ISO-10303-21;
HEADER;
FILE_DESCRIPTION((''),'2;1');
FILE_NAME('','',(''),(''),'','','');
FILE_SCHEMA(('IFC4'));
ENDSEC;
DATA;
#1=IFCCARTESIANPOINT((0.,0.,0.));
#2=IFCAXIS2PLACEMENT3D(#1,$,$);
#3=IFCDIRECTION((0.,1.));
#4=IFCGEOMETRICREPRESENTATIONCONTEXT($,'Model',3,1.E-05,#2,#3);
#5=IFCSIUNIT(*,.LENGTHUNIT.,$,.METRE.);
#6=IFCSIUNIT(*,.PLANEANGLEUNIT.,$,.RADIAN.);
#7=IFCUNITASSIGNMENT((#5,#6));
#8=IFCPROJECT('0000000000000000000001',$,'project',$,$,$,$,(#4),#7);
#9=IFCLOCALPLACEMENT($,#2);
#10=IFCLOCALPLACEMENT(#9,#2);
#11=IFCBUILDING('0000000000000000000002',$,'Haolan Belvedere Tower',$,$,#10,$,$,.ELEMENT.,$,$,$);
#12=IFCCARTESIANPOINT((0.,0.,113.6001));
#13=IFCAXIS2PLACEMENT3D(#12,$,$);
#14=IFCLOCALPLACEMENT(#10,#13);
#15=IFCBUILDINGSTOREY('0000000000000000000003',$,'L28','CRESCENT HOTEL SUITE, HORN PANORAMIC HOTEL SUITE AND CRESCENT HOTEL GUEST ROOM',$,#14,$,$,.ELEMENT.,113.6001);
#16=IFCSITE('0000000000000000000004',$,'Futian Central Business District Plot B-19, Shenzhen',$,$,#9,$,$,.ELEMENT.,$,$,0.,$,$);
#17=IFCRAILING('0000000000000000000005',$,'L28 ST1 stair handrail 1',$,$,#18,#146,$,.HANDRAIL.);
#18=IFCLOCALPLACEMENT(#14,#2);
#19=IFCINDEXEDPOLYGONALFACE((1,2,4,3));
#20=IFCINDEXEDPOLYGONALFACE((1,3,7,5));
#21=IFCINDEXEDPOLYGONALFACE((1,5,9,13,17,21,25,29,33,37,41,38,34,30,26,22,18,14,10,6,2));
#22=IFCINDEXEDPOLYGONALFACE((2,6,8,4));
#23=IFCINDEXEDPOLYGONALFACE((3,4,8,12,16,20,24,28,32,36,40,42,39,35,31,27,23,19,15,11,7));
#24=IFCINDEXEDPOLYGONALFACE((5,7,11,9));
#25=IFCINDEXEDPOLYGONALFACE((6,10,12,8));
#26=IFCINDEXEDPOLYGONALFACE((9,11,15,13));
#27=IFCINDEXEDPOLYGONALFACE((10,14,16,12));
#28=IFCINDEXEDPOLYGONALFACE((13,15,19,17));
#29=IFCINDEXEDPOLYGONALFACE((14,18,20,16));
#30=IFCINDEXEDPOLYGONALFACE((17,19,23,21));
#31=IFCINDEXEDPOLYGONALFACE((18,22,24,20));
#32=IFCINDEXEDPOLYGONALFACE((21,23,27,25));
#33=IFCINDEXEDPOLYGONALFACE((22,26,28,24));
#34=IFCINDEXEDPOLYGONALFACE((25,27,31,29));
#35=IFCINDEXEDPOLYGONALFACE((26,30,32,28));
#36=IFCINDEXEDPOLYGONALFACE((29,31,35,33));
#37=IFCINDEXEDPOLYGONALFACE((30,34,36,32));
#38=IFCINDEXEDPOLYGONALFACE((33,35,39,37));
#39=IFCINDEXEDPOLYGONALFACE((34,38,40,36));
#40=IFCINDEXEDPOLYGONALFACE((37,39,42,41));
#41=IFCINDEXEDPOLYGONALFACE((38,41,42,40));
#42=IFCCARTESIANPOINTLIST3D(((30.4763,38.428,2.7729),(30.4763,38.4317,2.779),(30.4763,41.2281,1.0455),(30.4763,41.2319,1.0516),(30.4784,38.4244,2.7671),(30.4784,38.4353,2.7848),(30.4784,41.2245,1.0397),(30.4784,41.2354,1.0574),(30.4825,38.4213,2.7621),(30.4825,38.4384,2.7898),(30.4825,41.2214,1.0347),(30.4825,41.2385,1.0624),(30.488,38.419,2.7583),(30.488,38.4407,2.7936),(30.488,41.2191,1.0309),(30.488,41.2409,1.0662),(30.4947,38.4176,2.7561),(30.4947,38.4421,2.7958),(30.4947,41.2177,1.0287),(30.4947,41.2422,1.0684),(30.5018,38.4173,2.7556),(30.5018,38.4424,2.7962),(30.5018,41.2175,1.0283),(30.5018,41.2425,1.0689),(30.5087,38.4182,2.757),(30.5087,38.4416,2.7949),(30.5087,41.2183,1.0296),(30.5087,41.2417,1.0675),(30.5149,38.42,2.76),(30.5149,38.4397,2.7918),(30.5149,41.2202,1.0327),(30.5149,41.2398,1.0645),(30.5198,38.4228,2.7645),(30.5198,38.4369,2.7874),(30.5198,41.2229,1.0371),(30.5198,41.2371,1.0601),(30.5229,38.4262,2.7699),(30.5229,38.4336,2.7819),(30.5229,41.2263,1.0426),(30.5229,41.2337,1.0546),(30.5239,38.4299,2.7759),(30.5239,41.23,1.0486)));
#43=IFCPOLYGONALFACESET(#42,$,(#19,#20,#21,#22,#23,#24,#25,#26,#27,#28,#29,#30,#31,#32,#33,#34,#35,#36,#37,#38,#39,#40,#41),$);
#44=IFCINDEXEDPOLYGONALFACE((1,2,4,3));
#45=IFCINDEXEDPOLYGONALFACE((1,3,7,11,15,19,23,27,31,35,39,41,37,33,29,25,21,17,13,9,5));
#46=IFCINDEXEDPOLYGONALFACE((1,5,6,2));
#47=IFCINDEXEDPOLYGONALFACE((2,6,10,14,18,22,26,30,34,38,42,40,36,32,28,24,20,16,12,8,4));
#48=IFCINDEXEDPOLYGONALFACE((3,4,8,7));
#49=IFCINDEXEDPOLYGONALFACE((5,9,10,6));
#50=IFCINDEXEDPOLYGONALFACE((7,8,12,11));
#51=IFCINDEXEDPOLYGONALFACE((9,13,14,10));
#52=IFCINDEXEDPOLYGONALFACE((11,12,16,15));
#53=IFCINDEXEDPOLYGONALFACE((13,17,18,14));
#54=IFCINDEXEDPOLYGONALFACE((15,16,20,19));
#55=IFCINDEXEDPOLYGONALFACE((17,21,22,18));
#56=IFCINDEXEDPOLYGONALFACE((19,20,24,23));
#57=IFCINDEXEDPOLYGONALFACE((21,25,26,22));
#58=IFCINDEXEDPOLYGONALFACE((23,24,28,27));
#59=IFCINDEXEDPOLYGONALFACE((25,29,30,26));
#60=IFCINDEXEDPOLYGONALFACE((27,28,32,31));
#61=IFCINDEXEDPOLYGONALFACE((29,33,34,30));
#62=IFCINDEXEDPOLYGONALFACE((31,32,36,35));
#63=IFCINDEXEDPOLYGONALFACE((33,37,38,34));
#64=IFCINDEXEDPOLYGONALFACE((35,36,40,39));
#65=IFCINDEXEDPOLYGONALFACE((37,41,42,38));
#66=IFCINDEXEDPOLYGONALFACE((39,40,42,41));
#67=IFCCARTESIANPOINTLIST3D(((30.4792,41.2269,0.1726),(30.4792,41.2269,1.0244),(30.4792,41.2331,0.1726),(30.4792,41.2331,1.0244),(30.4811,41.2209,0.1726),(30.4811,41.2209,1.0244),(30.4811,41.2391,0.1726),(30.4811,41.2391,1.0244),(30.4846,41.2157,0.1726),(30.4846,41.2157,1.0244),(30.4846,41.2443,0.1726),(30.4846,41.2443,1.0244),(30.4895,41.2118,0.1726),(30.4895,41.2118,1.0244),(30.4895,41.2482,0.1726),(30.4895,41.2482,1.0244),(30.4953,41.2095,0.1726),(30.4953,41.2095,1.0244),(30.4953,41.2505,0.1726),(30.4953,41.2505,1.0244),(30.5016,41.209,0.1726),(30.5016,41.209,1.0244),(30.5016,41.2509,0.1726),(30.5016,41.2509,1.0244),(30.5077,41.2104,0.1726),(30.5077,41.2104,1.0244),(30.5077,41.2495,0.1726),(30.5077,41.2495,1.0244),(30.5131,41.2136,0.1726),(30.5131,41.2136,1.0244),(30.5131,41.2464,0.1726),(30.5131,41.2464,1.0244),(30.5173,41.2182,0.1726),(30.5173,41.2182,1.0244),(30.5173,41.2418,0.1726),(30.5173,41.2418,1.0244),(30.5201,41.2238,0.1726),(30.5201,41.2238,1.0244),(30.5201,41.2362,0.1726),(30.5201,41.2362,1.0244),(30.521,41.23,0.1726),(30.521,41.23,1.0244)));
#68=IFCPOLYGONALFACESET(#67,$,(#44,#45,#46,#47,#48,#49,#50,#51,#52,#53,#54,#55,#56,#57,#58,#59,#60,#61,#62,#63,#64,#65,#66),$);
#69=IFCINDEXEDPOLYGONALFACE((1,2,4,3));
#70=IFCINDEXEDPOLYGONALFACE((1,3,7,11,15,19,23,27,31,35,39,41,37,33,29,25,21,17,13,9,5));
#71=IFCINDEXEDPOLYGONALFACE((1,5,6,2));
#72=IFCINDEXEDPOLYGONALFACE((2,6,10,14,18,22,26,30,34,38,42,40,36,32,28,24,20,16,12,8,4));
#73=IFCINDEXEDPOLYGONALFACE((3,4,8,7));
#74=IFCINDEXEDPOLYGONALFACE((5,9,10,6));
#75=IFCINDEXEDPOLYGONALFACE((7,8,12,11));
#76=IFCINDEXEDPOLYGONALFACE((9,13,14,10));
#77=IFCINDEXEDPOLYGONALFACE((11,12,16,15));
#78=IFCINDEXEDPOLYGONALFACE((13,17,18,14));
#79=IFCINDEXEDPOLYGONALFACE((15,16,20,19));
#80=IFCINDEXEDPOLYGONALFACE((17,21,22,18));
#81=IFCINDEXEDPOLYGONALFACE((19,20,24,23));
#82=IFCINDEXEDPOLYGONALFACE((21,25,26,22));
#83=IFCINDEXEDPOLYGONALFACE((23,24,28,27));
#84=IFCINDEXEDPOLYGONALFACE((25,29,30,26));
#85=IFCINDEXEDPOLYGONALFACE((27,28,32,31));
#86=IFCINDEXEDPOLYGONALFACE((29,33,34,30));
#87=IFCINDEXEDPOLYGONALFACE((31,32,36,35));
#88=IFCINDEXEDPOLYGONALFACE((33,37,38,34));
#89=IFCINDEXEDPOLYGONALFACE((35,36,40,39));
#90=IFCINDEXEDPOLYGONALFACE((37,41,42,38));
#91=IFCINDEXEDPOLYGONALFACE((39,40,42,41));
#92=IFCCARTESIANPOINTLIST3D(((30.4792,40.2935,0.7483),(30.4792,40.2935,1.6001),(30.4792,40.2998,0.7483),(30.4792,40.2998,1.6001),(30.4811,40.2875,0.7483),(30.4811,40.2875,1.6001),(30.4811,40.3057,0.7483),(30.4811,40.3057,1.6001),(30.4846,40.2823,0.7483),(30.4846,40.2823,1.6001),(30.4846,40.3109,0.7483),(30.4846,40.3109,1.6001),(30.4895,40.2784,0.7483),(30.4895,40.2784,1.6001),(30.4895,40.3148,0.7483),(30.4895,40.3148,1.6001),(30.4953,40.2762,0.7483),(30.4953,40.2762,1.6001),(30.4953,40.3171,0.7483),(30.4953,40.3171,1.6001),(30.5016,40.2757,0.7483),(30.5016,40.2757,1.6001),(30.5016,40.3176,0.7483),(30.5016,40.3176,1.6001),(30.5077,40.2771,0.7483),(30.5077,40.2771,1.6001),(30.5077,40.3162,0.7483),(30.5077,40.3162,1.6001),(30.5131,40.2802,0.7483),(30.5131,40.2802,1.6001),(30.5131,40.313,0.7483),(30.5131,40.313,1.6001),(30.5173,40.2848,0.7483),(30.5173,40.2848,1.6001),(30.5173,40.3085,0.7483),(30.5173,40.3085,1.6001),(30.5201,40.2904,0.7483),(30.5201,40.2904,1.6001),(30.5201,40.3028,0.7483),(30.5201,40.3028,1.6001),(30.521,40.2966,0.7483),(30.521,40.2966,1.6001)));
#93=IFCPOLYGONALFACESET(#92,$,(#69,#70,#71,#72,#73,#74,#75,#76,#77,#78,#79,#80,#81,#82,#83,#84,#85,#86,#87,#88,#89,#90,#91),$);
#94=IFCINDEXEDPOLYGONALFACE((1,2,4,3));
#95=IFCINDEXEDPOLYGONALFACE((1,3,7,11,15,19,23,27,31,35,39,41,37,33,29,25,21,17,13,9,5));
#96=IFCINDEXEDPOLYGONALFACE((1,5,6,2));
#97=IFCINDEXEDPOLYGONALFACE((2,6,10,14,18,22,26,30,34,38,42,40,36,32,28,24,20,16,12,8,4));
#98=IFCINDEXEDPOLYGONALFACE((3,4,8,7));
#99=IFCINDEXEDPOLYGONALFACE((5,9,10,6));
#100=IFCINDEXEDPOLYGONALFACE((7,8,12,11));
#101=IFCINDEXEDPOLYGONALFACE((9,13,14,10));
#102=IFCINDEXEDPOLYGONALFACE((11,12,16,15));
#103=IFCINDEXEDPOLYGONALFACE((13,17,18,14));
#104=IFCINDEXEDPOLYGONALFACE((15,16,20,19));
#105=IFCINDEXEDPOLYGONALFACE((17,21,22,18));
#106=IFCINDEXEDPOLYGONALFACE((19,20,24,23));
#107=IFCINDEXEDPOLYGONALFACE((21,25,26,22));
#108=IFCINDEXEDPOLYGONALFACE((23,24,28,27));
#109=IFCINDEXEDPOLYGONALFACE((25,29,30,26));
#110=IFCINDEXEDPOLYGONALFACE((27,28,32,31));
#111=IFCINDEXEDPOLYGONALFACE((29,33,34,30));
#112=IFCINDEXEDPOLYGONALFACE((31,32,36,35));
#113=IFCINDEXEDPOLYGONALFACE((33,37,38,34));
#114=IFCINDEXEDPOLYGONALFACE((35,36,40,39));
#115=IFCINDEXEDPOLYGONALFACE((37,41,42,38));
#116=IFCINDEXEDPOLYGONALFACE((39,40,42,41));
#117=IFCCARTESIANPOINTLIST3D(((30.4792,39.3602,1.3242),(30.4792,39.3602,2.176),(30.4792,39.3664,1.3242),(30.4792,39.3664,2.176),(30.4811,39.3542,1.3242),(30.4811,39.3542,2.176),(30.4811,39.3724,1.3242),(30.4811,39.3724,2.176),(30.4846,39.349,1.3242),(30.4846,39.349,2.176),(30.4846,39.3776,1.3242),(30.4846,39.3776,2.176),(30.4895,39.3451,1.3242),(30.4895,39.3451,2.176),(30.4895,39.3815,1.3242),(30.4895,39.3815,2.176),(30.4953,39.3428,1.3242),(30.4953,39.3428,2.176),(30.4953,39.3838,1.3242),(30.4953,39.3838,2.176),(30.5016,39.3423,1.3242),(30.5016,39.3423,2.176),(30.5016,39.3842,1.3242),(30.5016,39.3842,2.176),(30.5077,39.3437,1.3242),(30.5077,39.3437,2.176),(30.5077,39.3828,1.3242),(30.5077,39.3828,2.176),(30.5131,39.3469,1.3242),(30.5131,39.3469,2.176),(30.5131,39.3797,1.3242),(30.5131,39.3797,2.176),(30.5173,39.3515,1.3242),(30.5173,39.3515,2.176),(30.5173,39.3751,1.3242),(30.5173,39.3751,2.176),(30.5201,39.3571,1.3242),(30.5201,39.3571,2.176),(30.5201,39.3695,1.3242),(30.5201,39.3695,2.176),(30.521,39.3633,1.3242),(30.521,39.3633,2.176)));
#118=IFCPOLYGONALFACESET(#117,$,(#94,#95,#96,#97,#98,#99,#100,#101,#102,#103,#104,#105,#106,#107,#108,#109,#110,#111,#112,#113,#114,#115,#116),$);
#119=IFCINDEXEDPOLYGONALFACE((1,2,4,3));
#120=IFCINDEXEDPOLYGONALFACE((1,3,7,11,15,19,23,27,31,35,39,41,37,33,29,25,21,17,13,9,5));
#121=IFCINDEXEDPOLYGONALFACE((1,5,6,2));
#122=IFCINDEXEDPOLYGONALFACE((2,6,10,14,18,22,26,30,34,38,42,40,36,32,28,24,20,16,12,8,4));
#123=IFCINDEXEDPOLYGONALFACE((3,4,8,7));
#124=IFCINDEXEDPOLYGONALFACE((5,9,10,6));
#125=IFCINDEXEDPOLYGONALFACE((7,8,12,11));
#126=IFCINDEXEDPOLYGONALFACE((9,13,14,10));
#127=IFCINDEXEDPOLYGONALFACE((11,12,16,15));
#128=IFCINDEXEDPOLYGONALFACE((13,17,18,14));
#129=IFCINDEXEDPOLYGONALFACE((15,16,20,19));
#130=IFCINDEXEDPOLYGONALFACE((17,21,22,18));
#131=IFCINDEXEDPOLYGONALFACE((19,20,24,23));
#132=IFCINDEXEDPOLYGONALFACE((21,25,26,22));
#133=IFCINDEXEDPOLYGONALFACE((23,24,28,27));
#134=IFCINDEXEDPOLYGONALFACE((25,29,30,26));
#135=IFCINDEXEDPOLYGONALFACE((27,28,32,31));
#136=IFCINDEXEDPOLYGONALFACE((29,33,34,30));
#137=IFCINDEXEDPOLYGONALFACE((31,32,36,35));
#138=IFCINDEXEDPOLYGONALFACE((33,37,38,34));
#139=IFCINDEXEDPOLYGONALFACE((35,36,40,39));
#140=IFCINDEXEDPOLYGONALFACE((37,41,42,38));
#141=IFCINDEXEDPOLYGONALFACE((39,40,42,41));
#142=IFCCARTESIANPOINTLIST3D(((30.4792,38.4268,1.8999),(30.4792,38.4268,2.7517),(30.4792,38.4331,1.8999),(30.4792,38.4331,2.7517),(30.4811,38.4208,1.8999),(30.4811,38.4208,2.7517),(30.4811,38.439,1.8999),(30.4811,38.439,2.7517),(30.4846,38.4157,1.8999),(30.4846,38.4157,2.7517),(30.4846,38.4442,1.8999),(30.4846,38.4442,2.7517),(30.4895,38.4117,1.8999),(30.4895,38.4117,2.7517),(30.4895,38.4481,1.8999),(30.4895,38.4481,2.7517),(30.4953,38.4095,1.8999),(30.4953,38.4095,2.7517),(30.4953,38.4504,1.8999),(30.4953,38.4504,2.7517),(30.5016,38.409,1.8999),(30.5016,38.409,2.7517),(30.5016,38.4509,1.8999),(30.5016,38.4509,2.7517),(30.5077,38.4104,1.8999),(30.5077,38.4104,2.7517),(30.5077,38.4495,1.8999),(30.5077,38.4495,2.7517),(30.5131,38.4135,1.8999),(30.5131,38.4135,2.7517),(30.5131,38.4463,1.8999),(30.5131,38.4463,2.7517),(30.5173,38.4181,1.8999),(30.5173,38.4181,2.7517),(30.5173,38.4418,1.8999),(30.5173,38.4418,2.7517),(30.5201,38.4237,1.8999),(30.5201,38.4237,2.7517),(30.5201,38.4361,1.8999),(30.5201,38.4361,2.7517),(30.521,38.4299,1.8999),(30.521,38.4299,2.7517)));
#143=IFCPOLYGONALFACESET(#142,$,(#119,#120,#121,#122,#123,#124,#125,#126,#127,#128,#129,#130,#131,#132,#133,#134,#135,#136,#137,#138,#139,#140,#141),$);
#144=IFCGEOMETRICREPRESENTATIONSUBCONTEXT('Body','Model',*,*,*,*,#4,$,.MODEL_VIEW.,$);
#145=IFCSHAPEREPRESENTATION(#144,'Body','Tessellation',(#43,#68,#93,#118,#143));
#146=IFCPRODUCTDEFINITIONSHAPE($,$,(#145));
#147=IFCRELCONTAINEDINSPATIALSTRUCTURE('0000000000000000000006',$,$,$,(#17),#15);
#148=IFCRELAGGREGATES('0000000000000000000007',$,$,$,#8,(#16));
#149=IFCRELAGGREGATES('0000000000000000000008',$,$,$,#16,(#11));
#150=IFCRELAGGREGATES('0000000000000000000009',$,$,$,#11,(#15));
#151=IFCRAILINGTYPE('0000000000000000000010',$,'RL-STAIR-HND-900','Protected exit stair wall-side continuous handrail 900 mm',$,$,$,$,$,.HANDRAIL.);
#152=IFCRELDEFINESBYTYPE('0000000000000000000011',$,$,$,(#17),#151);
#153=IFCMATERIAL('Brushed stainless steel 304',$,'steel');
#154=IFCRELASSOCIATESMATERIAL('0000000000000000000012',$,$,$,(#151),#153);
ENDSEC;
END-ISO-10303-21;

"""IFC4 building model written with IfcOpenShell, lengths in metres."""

from ifc_helpers import new_model, si_unit, direction, frame, origin, origin_2d, place, context, subcontext, project, spatial, circle, extrude, material, type_object, element, save


model = new_model("IFC4")

# Units and contexts
model_context = context("Model", 3, precision=1e-05, world=origin(), true_north=direction((0.0, 1.0)))
body_context = subcontext(model_context, "Body", "Model", "MODEL_VIEW")
ifc_project = project(units=[si_unit("LENGTHUNIT", "METRE"), si_unit("PLANEANGLEUNIT", "RADIAN")], contexts=[model_context])

# Site, building, storey
site_placement = place(None, origin())
site = spatial("IfcSite", under=ifc_project, at=site_placement, Name="Futian Central Business District Plot B-19, Shenzhen", CompositionType="ELEMENT", RefElevation=0.0)
building_placement = place(site_placement, origin())
building = spatial("IfcBuilding", under=site, at=building_placement, Name="Haolan Belvedere Tower", CompositionType="ELEMENT")
storey_placement = place(building_placement, frame((0.0, 0.0, 113.6001)))
storey = spatial("IfcBuildingStorey", under=building, at=storey_placement, Name="L28", Description="CRESCENT HOTEL SUITE, HORN PANORAMIC HOTEL SUITE AND CRESCENT HOTEL GUEST ROOM", CompositionType="ELEMENT", Elevation=113.6001)

# Railing
ifc_material_1 = material(Name="Brushed stainless steel 304", Category="steel")
railing_type_1 = type_object("IfcRailingType", Name="RL-STAIR-HND-900", Description="Protected exit stair wall-side continuous handrail 900 mm", PredefinedType="HANDRAIL", material=ifc_material_1)
railing_1_placement = place(storey_placement, frame((30.5, 41.23, 0.1726)))
element("IfcRailing", 1, at=railing_1_placement, inside=storey, type_object=railing_type_1, Name="L28 ST1 stair handrail 1", PredefinedType="HANDRAIL", context=body_context, shape_type="SweptSolid", body=[
    extrude(circle(Radius=0.0239, at=origin_2d()), frame((0.0, 0.0, 0.876), z_axis=(0.0, -0.85109, 0.52502), x_axis=(1.0, 0.0, 0.0)), (0.0, 0.0, 1.0), 3.29),
    extrude(circle(Radius=0.021, at=origin_2d()), origin(), (0.0, 0.0, 1.0), 0.8518),
    extrude(circle(Radius=0.021, at=origin_2d()), frame((0.0, -0.9333, 0.5757)), (0.0, 0.0, 1.0), 0.8518),
    extrude(circle(Radius=0.021, at=origin_2d()), frame((0.0, -1.8667, 1.1516)), (0.0, 0.0, 1.0), 0.8518),
    extrude(circle(Radius=0.021, at=origin_2d()), frame((0.0, -2.8, 1.7273)), (0.0, 0.0, 1.0), 0.8518),
])

save(model, "model.ifc")
